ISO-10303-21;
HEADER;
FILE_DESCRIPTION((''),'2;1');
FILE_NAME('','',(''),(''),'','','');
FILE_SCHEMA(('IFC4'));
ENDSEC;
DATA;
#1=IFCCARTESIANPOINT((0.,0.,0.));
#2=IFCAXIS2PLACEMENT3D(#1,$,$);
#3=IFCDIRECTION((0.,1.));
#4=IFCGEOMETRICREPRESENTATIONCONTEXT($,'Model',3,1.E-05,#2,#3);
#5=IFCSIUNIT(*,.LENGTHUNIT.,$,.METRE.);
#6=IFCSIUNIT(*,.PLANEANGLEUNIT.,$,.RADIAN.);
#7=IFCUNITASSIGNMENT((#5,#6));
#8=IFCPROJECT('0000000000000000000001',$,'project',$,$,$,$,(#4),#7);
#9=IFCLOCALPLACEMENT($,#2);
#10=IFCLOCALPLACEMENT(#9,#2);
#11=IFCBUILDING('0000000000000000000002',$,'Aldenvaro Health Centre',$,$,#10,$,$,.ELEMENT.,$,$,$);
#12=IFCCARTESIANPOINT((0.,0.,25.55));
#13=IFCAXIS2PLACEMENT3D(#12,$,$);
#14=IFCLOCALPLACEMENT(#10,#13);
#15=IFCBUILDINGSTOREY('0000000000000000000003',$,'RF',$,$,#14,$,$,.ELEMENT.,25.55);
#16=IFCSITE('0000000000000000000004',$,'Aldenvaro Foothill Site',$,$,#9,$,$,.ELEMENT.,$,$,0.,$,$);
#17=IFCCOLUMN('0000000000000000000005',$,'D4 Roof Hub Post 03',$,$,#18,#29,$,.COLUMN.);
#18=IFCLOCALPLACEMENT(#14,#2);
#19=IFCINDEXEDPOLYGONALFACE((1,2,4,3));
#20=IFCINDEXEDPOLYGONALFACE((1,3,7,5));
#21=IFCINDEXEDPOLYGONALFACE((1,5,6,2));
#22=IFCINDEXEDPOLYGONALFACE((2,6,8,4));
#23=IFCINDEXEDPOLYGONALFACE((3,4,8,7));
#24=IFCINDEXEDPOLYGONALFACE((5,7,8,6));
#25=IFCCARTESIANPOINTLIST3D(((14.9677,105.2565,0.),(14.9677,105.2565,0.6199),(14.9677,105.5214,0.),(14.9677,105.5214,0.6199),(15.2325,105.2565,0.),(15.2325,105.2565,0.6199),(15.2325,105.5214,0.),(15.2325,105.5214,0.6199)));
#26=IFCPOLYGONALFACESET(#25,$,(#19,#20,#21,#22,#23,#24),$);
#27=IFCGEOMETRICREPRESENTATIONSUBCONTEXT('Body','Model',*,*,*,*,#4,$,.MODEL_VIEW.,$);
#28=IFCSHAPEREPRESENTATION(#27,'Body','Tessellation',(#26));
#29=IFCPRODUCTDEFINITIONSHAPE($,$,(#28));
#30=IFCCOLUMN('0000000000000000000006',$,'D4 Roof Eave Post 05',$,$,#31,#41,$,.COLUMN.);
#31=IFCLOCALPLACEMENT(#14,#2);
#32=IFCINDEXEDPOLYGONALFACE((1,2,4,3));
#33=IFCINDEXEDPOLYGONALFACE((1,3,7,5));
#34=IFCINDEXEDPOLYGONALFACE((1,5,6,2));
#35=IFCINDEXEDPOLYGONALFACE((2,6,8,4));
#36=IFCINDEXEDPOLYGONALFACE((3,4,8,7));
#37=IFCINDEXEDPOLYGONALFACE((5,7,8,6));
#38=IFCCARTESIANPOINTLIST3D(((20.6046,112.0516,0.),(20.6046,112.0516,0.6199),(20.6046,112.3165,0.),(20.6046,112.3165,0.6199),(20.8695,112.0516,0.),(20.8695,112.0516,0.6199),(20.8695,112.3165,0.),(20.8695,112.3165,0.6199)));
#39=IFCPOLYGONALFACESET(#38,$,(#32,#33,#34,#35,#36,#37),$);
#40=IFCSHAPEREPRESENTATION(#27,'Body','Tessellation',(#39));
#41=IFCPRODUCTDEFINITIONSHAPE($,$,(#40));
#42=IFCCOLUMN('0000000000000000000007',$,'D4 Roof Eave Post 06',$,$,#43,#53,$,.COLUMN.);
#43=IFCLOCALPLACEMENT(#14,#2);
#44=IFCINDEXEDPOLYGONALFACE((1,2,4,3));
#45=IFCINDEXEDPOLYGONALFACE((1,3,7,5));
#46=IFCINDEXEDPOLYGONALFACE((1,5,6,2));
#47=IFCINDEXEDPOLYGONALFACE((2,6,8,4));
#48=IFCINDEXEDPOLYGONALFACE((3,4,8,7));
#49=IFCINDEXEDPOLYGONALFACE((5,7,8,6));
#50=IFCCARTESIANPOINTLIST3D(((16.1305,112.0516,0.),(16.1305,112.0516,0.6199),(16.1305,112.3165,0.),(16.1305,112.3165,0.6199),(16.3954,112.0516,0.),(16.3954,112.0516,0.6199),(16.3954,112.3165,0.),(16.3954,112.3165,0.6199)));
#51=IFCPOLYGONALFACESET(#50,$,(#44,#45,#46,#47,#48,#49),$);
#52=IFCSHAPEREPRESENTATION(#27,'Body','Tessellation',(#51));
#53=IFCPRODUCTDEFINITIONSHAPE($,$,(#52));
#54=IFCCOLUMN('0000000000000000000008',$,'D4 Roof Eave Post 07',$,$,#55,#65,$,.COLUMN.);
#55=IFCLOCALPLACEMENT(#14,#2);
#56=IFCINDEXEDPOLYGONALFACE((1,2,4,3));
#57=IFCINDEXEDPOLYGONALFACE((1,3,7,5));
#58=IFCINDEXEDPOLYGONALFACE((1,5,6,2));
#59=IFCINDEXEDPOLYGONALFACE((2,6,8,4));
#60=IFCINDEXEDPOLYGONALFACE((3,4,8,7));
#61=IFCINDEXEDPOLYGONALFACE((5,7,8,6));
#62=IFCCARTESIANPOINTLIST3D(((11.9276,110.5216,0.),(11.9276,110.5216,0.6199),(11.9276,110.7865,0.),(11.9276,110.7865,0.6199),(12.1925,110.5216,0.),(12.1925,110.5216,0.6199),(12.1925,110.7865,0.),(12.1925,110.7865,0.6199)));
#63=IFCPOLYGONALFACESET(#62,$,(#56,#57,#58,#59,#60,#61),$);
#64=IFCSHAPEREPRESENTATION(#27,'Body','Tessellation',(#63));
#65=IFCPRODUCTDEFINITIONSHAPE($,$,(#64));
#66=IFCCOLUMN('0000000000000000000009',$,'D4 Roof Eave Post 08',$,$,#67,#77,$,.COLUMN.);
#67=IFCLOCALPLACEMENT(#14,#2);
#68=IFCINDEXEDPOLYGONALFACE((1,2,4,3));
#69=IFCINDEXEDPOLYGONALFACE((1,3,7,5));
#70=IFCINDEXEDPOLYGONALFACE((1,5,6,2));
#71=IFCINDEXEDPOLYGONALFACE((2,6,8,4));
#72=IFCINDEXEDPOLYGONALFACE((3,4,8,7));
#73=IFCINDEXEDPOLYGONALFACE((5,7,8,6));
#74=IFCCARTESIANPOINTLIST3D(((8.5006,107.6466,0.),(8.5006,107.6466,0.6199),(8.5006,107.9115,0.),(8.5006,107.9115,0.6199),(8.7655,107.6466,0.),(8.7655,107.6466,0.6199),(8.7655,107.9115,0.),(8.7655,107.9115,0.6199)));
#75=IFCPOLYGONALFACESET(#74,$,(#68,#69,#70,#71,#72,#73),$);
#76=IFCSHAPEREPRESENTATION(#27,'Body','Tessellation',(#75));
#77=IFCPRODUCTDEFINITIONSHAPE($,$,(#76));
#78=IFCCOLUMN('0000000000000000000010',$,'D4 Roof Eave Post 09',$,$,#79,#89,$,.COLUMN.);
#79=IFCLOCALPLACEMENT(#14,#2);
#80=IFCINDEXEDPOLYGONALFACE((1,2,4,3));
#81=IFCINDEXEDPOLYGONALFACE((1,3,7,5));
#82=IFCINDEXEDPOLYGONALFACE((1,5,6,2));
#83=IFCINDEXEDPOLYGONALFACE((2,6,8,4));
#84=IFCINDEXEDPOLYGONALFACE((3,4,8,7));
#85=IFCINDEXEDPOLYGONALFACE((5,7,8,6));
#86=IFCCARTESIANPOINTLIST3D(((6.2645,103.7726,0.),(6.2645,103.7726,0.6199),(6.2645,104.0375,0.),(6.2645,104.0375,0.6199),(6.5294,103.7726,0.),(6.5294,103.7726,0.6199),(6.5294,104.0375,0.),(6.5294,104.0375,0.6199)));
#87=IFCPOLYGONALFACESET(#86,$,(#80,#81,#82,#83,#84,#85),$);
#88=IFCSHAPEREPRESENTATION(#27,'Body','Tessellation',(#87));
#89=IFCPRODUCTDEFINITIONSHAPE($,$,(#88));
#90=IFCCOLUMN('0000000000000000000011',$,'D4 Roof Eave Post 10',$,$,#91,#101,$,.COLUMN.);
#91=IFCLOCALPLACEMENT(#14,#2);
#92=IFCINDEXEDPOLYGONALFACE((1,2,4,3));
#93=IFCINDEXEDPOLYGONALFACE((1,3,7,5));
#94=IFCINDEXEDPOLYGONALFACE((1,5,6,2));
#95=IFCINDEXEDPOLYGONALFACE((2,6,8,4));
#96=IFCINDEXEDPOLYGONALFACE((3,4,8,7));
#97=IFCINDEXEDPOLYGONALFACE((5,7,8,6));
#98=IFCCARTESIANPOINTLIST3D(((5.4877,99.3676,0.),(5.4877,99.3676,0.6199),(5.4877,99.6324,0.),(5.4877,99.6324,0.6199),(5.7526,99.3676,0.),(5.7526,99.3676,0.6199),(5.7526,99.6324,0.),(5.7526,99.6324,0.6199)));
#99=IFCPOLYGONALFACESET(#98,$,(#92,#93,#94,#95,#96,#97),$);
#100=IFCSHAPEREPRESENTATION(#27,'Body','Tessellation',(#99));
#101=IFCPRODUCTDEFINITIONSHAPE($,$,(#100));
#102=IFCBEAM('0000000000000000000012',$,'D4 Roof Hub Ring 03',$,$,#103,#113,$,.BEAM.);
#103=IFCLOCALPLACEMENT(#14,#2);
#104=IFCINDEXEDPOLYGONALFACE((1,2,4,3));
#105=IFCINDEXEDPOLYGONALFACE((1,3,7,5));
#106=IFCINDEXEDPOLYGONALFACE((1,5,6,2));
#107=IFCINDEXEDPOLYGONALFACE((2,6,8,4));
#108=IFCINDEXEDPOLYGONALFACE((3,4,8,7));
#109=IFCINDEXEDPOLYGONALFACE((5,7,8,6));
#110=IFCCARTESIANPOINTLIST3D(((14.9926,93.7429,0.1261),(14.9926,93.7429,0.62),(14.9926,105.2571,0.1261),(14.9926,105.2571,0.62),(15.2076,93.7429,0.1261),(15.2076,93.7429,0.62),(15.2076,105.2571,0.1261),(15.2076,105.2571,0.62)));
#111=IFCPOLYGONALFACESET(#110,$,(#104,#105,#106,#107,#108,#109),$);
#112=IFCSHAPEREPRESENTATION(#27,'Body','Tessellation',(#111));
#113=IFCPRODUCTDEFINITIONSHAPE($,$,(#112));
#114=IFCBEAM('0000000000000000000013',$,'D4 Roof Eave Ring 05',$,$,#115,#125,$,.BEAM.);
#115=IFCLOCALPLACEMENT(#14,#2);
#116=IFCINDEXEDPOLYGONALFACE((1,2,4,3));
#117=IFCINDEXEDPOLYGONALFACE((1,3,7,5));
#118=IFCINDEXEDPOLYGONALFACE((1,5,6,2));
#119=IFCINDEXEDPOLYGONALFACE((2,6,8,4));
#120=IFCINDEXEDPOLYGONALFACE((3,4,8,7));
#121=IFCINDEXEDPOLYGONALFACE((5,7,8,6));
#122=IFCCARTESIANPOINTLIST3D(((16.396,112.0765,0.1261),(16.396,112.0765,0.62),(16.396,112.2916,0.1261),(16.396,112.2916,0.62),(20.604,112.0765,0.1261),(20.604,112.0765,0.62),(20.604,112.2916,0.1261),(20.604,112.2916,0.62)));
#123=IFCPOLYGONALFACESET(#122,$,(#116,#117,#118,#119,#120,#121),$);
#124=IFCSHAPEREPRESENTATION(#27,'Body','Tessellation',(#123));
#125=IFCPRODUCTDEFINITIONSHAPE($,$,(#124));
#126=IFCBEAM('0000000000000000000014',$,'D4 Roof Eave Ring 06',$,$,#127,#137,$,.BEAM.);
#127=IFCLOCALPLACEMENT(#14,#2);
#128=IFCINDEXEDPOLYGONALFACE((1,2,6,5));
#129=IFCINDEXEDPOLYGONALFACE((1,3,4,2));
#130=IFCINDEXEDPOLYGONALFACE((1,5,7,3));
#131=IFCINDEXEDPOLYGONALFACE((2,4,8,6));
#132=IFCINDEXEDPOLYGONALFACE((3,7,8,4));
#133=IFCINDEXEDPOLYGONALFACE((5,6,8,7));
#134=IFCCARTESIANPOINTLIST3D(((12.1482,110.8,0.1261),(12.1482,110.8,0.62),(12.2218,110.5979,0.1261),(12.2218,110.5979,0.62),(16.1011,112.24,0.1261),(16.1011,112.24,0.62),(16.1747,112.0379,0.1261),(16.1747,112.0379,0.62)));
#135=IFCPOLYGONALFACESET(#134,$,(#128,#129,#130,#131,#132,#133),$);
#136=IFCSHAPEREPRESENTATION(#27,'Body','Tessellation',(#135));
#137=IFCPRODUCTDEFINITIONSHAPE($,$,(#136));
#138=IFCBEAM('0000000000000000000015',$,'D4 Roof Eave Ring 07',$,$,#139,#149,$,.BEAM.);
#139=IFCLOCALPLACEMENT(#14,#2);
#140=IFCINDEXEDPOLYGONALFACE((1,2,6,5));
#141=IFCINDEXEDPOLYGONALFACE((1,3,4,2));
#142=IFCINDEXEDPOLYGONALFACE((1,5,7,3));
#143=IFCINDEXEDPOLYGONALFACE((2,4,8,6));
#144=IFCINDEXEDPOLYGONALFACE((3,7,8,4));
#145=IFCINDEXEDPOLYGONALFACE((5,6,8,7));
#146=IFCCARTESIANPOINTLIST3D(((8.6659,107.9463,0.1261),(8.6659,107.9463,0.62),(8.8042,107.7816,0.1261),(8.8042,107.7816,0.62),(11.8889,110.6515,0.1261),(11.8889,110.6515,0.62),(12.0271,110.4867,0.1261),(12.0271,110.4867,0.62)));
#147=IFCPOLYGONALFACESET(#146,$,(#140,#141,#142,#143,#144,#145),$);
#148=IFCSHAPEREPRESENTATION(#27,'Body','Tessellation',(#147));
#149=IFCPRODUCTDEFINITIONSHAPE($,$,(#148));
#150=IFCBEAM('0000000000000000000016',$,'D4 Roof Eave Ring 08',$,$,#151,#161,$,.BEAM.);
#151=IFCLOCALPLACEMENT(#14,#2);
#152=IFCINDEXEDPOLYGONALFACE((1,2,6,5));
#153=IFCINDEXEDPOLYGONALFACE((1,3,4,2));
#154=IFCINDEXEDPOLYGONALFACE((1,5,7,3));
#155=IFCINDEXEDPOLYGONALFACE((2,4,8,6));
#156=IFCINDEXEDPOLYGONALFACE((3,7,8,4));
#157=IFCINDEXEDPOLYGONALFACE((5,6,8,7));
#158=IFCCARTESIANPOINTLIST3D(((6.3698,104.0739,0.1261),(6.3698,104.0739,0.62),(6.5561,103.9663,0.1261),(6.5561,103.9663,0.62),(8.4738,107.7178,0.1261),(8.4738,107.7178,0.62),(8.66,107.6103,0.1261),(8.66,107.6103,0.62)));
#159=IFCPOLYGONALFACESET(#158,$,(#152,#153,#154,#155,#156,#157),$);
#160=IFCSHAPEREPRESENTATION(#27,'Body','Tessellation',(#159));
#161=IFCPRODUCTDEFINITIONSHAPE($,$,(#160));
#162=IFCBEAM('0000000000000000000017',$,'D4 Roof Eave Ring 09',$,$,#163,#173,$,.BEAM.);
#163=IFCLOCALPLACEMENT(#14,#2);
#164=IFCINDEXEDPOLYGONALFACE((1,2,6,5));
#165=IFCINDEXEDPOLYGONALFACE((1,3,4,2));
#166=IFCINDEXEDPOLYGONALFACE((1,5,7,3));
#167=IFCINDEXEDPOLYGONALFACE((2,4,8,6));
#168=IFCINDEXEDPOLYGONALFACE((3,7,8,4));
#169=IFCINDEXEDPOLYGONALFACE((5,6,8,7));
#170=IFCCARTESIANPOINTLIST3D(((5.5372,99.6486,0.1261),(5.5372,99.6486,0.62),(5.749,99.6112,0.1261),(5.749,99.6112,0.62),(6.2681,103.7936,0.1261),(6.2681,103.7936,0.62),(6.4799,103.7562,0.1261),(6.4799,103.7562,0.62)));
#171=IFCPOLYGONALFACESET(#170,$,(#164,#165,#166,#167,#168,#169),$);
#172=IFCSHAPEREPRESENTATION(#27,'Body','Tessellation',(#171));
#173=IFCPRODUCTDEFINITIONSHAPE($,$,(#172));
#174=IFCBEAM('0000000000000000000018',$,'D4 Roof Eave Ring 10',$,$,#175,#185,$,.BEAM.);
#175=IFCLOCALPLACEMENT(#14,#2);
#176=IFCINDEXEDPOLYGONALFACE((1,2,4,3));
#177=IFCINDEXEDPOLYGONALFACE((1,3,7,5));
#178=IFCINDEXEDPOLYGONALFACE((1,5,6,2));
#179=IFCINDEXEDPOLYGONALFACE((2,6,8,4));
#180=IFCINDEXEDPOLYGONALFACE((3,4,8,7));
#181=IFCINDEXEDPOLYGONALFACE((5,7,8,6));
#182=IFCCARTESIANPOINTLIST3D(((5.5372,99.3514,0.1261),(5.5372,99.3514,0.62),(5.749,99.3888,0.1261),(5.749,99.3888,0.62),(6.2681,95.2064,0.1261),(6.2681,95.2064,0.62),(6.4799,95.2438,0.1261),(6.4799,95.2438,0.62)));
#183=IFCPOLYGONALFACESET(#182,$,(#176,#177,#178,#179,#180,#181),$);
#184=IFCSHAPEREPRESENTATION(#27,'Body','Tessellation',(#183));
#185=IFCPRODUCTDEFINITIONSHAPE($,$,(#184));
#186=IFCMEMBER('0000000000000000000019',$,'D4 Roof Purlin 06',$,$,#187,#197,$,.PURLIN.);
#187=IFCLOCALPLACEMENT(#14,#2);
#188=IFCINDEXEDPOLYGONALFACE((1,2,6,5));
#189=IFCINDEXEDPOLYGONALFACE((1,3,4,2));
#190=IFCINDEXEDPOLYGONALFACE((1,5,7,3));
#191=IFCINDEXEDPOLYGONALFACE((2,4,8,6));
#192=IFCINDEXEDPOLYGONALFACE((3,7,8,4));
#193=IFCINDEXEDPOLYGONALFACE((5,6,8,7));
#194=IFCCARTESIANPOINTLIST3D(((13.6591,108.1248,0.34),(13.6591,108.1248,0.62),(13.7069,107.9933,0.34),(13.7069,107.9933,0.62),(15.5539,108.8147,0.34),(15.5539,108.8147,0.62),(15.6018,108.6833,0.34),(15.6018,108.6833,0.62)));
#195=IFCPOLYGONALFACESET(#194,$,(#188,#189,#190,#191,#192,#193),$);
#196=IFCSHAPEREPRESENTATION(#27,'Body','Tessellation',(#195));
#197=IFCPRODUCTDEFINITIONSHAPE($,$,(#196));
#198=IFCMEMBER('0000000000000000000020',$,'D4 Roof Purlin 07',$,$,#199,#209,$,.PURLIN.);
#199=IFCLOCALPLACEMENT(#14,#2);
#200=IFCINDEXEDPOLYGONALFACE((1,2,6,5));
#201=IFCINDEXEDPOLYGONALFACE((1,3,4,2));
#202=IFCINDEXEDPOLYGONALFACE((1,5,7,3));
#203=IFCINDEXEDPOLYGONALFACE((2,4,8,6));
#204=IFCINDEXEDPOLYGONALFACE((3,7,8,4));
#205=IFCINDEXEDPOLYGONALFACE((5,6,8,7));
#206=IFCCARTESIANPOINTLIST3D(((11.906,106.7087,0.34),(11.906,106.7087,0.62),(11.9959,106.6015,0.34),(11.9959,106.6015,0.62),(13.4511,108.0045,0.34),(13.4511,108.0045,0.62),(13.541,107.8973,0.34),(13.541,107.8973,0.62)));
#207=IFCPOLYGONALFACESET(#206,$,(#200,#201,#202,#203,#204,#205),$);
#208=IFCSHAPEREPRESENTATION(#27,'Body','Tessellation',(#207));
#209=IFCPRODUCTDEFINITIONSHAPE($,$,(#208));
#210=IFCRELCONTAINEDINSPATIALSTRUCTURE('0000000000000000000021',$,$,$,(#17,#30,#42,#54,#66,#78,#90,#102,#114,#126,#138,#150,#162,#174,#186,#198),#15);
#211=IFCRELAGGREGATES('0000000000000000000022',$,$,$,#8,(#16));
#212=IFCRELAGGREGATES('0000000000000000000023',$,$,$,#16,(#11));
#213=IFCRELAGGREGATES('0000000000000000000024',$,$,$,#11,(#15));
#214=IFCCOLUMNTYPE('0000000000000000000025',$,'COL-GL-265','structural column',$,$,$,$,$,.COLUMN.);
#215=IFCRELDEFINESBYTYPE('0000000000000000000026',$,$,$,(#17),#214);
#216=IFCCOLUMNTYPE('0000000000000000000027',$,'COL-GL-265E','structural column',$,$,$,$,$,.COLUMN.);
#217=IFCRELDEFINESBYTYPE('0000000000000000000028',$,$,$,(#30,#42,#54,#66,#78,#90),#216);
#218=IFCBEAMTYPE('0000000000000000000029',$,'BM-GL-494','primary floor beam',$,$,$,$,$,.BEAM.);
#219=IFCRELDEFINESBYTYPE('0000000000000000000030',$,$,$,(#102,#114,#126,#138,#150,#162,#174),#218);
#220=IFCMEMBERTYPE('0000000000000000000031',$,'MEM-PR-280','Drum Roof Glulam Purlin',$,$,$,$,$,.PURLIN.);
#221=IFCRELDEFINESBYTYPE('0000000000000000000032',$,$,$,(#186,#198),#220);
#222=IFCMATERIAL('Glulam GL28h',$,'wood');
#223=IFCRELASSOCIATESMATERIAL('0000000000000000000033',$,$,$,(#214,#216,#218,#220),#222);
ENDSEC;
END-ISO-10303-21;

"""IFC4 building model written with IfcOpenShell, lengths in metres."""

from ifc_helpers import new_model, si_unit, direction, frame, origin, origin_2d, place, context, subcontext, project, spatial, rectangle, extrude, material, material_profile, profile_set, type_object, element, save


model = new_model("IFC4")

# Units and contexts
model_context = context("Model", 3, precision=1e-05, world=origin(), true_north=direction((0.0, 1.0)))
body_context = subcontext(model_context, "Body", "Model", "MODEL_VIEW")
ifc_project = project(units=[si_unit("LENGTHUNIT", "METRE"), si_unit("PLANEANGLEUNIT", "RADIAN")], contexts=[model_context])

# Site, building, storey
site_placement = place(None, origin())
site = spatial("IfcSite", under=ifc_project, at=site_placement, Name="Aldenvaro Foothill Site", CompositionType="ELEMENT", RefElevation=0.0)
building_placement = place(site_placement, origin())
building = spatial("IfcBuilding", under=site, at=building_placement, Name="Aldenvaro Health Centre", CompositionType="ELEMENT")
storey_placement = place(building_placement, frame((0.0, 0.0, 25.55)))
storey = spatial("IfcBuildingStorey", under=building, at=storey_placement, Name="RF", CompositionType="ELEMENT", Elevation=25.55)

# Columns
ifc_material_1 = material(Name="Glulam GL28h", Category="wood")
ifc_material_profile_1 = material_profile(ifc_material_1, rectangle(XDim=0.2649, YDim=0.2649, at=origin_2d()), Name="GL 265x265", Category="wood")
ifc_profile_set_1 = profile_set([ifc_material_profile_1], Name="Glulam GL28h")
column_type_1 = type_object("IfcColumnType", Name="COL-GL-265", Description="structural column", PredefinedType="COLUMN", material=ifc_profile_set_1)
column_placement = place(storey_placement, frame((15.1001, 105.3889, 0.0), z_axis=(0.0, 0.0, 1.0), x_axis=(1.0, 0.0, 0.0)))
element("IfcColumn", 1, at=column_placement, inside=storey, type_object=column_type_1, Name="D4 Roof Hub Post 03", PredefinedType="COLUMN", context=body_context, shape_type="SweptSolid", body=[
    extrude(rectangle(XDim=0.2649, YDim=0.2649, at=origin_2d()), origin(), (0.0, 0.0, 1.0), 0.6199),
])
ifc_material_profile_2 = material_profile(ifc_material_1, rectangle(XDim=0.2649, YDim=0.2649, at=origin_2d()), Name="GL 265x265", Category="wood")
ifc_profile_set_2 = profile_set([ifc_material_profile_2], Name="Glulam GL28h")
column_type_2 = type_object("IfcColumnType", Name="COL-GL-265E", Description="structural column", PredefinedType="COLUMN", material=ifc_profile_set_2)
for number, where, z_axis, x_axis, name in (
    (2, (20.7371, 112.1841, 0.0), (0.0, 0.0, 1.0), (1.0, 0.0, 0.0), "D4 Roof Eave Post 05"),
    (3, (16.2629, 112.1841, 0.0), (0.0, 0.0, 1.0), (1.0, 0.0, 0.0), "D4 Roof Eave Post 06"),
    (4, (12.0601, 110.6541, 0.0), (0.0, 0.0, 1.0), (1.0, 0.0, 0.0), "D4 Roof Eave Post 07"),
    (5, (8.6331, 107.7791, 0.0), (0.0, 0.0, 1.0), (1.0, 0.0, 0.0), "D4 Roof Eave Post 08"),
    (6, (6.397, 103.905, 0.0), (0.0, 0.0, 1.0), (1.0, 0.0, 0.0), "D4 Roof Eave Post 09"),
    (7, (5.6201, 99.5, 0.0), (0.0, 0.0, 1.0), (1.0, 0.0, 0.0), "D4 Roof Eave Post 10"),
):
    element("IfcColumn", number, at=place(storey_placement, frame(where, z_axis=z_axis, x_axis=x_axis)), inside=storey, type_object=column_type_2, Name=name, PredefinedType="COLUMN", context=body_context, shape_type="SweptSolid", body=[
        extrude(rectangle(XDim=0.2649, YDim=0.2649, at=origin_2d()), origin(), (0.0, 0.0, 1.0), 0.6199),
    ])

# Beams
ifc_material_profile_3 = material_profile(ifc_material_1, rectangle(XDim=0.2151, YDim=0.4939, at=origin_2d()), Name="GL 215x494", Category="wood")
ifc_profile_set_3 = profile_set([ifc_material_profile_3], Name="Glulam GL28h")
beam_type = type_object("IfcBeamType", Name="BM-GL-494", Description="primary floor beam", PredefinedType="BEAM", material=ifc_profile_set_3)
beam_1_placement = place(storey_placement, frame((15.1001, 105.2571, 0.373), z_axis=(0.0, -1.0, 0.0), x_axis=(1.0, 0.0, 0.0)))
element("IfcBeam", 8, at=beam_1_placement, inside=storey, type_object=beam_type, Name="D4 Roof Hub Ring 03", PredefinedType="BEAM", context=body_context, shape_type="SweptSolid", body=[
    extrude(rectangle(XDim=0.2151, YDim=0.4939, at=origin_2d()), origin(), (0.0, 0.0, 1.0), 11.5142),
])
beam_2_placement = place(storey_placement, frame((20.604, 112.1841, 0.373), z_axis=(-1.0, 0.0, 0.0), x_axis=(0.0, -1.0, 0.0)))
element("IfcBeam", 9, at=beam_2_placement, inside=storey, type_object=beam_type, Name="D4 Roof Eave Ring 05", PredefinedType="BEAM", context=body_context, shape_type="SweptSolid", body=[
    extrude(rectangle(XDim=0.2151, YDim=0.4939, at=origin_2d()), origin(), (0.0, 0.0, 1.0), 4.208),
])
beam_3_placement = place(storey_placement, frame((16.1379, 112.1389, 0.373), z_axis=(-0.9396, -0.342274, 0.0), x_axis=(0.342274, -0.9396, 0.0)))
element("IfcBeam", 10, at=beam_3_placement, inside=storey, type_object=beam_type, Name="D4 Roof Eave Ring 06", PredefinedType="BEAM", context=body_context, shape_type="SweptSolid", body=[
    extrude(rectangle(XDim=0.2151, YDim=0.4939, at=origin_2d()), origin(), (0.0, 0.0, 1.0), 4.207),
])
for number, where, z_axis, x_axis, name in (
    (11, (11.958, 110.5691, 0.373), (-0.765957, -0.642891, 0.0), (0.642891, -0.765957, 0.0), "D4 Roof Eave Ring 07"),
    (12, (8.5669, 107.6641, 0.373), (-0.50002, -0.866014, 0.0), (0.866014, -0.50002, 0.0), "D4 Roof Eave Ring 08"),
):
    element("IfcBeam", number, at=place(storey_placement, frame(where, z_axis=z_axis, x_axis=x_axis)), inside=storey, type_object=beam_type, Name=name, PredefinedType="BEAM", context=body_context, shape_type="SweptSolid", body=[
        extrude(rectangle(XDim=0.2151, YDim=0.4939, at=origin_2d()), origin(), (0.0, 0.0, 1.0), 4.2078),
    ])
for number, where, z_axis, x_axis, name in (
    (13, (6.374, 103.7749, 0.373), (-0.173666, -0.984805, 0.0), (0.984805, -0.173666, 0.0), "D4 Roof Eave Ring 09"),
    (14, (5.6431, 99.3701, 0.373), (0.173666, -0.984805, 0.0), (0.984805, 0.173666, 0.0), "D4 Roof Eave Ring 10"),
):
    element("IfcBeam", number, at=place(storey_placement, frame(where, z_axis=z_axis, x_axis=x_axis)), inside=storey, type_object=beam_type, Name=name, PredefinedType="BEAM", context=body_context, shape_type="SweptSolid", body=[
        extrude(rectangle(XDim=0.2151, YDim=0.4939, at=origin_2d()), origin(), (0.0, 0.0, 1.0), 4.209),
    ])

# Members
ifc_material_profile_4 = material_profile(ifc_material_1, rectangle(XDim=0.1399, YDim=0.28, at=origin_2d()), Name="GL 140x280", Category="wood")
ifc_profile_set_4 = profile_set([ifc_material_profile_4], Name="Glulam GL28h")
member_type_1 = type_object("IfcMemberType", Name="MEM-PR-280", Description="Drum Roof Glulam Purlin", PredefinedType="PURLIN", material=ifc_profile_set_4)
for number, where, z_axis, x_axis, name in (
    (15, (15.5779, 108.749, 0.48), (-0.939645, -0.342151, 0.0), (0.342151, -0.939645, 0.0), "D4 Roof Purlin 06"),
    (16, (13.4961, 107.9509, 0.48), (-0.766203, -0.642599, 0.0), (0.642599, -0.766203, 0.0), "D4 Roof Purlin 07"),
):
    element("IfcMember", number, at=place(storey_placement, frame(where, z_axis=z_axis, x_axis=x_axis)), inside=storey, type_object=member_type_1, Name=name, PredefinedType="PURLIN", context=body_context, shape_type="SweptSolid", body=[
        extrude(rectangle(XDim=0.1399, YDim=0.28, at=origin_2d()), origin(), (0.0, 0.0, 1.0), 2.0166),
    ])

save(model, "model.ifc")
